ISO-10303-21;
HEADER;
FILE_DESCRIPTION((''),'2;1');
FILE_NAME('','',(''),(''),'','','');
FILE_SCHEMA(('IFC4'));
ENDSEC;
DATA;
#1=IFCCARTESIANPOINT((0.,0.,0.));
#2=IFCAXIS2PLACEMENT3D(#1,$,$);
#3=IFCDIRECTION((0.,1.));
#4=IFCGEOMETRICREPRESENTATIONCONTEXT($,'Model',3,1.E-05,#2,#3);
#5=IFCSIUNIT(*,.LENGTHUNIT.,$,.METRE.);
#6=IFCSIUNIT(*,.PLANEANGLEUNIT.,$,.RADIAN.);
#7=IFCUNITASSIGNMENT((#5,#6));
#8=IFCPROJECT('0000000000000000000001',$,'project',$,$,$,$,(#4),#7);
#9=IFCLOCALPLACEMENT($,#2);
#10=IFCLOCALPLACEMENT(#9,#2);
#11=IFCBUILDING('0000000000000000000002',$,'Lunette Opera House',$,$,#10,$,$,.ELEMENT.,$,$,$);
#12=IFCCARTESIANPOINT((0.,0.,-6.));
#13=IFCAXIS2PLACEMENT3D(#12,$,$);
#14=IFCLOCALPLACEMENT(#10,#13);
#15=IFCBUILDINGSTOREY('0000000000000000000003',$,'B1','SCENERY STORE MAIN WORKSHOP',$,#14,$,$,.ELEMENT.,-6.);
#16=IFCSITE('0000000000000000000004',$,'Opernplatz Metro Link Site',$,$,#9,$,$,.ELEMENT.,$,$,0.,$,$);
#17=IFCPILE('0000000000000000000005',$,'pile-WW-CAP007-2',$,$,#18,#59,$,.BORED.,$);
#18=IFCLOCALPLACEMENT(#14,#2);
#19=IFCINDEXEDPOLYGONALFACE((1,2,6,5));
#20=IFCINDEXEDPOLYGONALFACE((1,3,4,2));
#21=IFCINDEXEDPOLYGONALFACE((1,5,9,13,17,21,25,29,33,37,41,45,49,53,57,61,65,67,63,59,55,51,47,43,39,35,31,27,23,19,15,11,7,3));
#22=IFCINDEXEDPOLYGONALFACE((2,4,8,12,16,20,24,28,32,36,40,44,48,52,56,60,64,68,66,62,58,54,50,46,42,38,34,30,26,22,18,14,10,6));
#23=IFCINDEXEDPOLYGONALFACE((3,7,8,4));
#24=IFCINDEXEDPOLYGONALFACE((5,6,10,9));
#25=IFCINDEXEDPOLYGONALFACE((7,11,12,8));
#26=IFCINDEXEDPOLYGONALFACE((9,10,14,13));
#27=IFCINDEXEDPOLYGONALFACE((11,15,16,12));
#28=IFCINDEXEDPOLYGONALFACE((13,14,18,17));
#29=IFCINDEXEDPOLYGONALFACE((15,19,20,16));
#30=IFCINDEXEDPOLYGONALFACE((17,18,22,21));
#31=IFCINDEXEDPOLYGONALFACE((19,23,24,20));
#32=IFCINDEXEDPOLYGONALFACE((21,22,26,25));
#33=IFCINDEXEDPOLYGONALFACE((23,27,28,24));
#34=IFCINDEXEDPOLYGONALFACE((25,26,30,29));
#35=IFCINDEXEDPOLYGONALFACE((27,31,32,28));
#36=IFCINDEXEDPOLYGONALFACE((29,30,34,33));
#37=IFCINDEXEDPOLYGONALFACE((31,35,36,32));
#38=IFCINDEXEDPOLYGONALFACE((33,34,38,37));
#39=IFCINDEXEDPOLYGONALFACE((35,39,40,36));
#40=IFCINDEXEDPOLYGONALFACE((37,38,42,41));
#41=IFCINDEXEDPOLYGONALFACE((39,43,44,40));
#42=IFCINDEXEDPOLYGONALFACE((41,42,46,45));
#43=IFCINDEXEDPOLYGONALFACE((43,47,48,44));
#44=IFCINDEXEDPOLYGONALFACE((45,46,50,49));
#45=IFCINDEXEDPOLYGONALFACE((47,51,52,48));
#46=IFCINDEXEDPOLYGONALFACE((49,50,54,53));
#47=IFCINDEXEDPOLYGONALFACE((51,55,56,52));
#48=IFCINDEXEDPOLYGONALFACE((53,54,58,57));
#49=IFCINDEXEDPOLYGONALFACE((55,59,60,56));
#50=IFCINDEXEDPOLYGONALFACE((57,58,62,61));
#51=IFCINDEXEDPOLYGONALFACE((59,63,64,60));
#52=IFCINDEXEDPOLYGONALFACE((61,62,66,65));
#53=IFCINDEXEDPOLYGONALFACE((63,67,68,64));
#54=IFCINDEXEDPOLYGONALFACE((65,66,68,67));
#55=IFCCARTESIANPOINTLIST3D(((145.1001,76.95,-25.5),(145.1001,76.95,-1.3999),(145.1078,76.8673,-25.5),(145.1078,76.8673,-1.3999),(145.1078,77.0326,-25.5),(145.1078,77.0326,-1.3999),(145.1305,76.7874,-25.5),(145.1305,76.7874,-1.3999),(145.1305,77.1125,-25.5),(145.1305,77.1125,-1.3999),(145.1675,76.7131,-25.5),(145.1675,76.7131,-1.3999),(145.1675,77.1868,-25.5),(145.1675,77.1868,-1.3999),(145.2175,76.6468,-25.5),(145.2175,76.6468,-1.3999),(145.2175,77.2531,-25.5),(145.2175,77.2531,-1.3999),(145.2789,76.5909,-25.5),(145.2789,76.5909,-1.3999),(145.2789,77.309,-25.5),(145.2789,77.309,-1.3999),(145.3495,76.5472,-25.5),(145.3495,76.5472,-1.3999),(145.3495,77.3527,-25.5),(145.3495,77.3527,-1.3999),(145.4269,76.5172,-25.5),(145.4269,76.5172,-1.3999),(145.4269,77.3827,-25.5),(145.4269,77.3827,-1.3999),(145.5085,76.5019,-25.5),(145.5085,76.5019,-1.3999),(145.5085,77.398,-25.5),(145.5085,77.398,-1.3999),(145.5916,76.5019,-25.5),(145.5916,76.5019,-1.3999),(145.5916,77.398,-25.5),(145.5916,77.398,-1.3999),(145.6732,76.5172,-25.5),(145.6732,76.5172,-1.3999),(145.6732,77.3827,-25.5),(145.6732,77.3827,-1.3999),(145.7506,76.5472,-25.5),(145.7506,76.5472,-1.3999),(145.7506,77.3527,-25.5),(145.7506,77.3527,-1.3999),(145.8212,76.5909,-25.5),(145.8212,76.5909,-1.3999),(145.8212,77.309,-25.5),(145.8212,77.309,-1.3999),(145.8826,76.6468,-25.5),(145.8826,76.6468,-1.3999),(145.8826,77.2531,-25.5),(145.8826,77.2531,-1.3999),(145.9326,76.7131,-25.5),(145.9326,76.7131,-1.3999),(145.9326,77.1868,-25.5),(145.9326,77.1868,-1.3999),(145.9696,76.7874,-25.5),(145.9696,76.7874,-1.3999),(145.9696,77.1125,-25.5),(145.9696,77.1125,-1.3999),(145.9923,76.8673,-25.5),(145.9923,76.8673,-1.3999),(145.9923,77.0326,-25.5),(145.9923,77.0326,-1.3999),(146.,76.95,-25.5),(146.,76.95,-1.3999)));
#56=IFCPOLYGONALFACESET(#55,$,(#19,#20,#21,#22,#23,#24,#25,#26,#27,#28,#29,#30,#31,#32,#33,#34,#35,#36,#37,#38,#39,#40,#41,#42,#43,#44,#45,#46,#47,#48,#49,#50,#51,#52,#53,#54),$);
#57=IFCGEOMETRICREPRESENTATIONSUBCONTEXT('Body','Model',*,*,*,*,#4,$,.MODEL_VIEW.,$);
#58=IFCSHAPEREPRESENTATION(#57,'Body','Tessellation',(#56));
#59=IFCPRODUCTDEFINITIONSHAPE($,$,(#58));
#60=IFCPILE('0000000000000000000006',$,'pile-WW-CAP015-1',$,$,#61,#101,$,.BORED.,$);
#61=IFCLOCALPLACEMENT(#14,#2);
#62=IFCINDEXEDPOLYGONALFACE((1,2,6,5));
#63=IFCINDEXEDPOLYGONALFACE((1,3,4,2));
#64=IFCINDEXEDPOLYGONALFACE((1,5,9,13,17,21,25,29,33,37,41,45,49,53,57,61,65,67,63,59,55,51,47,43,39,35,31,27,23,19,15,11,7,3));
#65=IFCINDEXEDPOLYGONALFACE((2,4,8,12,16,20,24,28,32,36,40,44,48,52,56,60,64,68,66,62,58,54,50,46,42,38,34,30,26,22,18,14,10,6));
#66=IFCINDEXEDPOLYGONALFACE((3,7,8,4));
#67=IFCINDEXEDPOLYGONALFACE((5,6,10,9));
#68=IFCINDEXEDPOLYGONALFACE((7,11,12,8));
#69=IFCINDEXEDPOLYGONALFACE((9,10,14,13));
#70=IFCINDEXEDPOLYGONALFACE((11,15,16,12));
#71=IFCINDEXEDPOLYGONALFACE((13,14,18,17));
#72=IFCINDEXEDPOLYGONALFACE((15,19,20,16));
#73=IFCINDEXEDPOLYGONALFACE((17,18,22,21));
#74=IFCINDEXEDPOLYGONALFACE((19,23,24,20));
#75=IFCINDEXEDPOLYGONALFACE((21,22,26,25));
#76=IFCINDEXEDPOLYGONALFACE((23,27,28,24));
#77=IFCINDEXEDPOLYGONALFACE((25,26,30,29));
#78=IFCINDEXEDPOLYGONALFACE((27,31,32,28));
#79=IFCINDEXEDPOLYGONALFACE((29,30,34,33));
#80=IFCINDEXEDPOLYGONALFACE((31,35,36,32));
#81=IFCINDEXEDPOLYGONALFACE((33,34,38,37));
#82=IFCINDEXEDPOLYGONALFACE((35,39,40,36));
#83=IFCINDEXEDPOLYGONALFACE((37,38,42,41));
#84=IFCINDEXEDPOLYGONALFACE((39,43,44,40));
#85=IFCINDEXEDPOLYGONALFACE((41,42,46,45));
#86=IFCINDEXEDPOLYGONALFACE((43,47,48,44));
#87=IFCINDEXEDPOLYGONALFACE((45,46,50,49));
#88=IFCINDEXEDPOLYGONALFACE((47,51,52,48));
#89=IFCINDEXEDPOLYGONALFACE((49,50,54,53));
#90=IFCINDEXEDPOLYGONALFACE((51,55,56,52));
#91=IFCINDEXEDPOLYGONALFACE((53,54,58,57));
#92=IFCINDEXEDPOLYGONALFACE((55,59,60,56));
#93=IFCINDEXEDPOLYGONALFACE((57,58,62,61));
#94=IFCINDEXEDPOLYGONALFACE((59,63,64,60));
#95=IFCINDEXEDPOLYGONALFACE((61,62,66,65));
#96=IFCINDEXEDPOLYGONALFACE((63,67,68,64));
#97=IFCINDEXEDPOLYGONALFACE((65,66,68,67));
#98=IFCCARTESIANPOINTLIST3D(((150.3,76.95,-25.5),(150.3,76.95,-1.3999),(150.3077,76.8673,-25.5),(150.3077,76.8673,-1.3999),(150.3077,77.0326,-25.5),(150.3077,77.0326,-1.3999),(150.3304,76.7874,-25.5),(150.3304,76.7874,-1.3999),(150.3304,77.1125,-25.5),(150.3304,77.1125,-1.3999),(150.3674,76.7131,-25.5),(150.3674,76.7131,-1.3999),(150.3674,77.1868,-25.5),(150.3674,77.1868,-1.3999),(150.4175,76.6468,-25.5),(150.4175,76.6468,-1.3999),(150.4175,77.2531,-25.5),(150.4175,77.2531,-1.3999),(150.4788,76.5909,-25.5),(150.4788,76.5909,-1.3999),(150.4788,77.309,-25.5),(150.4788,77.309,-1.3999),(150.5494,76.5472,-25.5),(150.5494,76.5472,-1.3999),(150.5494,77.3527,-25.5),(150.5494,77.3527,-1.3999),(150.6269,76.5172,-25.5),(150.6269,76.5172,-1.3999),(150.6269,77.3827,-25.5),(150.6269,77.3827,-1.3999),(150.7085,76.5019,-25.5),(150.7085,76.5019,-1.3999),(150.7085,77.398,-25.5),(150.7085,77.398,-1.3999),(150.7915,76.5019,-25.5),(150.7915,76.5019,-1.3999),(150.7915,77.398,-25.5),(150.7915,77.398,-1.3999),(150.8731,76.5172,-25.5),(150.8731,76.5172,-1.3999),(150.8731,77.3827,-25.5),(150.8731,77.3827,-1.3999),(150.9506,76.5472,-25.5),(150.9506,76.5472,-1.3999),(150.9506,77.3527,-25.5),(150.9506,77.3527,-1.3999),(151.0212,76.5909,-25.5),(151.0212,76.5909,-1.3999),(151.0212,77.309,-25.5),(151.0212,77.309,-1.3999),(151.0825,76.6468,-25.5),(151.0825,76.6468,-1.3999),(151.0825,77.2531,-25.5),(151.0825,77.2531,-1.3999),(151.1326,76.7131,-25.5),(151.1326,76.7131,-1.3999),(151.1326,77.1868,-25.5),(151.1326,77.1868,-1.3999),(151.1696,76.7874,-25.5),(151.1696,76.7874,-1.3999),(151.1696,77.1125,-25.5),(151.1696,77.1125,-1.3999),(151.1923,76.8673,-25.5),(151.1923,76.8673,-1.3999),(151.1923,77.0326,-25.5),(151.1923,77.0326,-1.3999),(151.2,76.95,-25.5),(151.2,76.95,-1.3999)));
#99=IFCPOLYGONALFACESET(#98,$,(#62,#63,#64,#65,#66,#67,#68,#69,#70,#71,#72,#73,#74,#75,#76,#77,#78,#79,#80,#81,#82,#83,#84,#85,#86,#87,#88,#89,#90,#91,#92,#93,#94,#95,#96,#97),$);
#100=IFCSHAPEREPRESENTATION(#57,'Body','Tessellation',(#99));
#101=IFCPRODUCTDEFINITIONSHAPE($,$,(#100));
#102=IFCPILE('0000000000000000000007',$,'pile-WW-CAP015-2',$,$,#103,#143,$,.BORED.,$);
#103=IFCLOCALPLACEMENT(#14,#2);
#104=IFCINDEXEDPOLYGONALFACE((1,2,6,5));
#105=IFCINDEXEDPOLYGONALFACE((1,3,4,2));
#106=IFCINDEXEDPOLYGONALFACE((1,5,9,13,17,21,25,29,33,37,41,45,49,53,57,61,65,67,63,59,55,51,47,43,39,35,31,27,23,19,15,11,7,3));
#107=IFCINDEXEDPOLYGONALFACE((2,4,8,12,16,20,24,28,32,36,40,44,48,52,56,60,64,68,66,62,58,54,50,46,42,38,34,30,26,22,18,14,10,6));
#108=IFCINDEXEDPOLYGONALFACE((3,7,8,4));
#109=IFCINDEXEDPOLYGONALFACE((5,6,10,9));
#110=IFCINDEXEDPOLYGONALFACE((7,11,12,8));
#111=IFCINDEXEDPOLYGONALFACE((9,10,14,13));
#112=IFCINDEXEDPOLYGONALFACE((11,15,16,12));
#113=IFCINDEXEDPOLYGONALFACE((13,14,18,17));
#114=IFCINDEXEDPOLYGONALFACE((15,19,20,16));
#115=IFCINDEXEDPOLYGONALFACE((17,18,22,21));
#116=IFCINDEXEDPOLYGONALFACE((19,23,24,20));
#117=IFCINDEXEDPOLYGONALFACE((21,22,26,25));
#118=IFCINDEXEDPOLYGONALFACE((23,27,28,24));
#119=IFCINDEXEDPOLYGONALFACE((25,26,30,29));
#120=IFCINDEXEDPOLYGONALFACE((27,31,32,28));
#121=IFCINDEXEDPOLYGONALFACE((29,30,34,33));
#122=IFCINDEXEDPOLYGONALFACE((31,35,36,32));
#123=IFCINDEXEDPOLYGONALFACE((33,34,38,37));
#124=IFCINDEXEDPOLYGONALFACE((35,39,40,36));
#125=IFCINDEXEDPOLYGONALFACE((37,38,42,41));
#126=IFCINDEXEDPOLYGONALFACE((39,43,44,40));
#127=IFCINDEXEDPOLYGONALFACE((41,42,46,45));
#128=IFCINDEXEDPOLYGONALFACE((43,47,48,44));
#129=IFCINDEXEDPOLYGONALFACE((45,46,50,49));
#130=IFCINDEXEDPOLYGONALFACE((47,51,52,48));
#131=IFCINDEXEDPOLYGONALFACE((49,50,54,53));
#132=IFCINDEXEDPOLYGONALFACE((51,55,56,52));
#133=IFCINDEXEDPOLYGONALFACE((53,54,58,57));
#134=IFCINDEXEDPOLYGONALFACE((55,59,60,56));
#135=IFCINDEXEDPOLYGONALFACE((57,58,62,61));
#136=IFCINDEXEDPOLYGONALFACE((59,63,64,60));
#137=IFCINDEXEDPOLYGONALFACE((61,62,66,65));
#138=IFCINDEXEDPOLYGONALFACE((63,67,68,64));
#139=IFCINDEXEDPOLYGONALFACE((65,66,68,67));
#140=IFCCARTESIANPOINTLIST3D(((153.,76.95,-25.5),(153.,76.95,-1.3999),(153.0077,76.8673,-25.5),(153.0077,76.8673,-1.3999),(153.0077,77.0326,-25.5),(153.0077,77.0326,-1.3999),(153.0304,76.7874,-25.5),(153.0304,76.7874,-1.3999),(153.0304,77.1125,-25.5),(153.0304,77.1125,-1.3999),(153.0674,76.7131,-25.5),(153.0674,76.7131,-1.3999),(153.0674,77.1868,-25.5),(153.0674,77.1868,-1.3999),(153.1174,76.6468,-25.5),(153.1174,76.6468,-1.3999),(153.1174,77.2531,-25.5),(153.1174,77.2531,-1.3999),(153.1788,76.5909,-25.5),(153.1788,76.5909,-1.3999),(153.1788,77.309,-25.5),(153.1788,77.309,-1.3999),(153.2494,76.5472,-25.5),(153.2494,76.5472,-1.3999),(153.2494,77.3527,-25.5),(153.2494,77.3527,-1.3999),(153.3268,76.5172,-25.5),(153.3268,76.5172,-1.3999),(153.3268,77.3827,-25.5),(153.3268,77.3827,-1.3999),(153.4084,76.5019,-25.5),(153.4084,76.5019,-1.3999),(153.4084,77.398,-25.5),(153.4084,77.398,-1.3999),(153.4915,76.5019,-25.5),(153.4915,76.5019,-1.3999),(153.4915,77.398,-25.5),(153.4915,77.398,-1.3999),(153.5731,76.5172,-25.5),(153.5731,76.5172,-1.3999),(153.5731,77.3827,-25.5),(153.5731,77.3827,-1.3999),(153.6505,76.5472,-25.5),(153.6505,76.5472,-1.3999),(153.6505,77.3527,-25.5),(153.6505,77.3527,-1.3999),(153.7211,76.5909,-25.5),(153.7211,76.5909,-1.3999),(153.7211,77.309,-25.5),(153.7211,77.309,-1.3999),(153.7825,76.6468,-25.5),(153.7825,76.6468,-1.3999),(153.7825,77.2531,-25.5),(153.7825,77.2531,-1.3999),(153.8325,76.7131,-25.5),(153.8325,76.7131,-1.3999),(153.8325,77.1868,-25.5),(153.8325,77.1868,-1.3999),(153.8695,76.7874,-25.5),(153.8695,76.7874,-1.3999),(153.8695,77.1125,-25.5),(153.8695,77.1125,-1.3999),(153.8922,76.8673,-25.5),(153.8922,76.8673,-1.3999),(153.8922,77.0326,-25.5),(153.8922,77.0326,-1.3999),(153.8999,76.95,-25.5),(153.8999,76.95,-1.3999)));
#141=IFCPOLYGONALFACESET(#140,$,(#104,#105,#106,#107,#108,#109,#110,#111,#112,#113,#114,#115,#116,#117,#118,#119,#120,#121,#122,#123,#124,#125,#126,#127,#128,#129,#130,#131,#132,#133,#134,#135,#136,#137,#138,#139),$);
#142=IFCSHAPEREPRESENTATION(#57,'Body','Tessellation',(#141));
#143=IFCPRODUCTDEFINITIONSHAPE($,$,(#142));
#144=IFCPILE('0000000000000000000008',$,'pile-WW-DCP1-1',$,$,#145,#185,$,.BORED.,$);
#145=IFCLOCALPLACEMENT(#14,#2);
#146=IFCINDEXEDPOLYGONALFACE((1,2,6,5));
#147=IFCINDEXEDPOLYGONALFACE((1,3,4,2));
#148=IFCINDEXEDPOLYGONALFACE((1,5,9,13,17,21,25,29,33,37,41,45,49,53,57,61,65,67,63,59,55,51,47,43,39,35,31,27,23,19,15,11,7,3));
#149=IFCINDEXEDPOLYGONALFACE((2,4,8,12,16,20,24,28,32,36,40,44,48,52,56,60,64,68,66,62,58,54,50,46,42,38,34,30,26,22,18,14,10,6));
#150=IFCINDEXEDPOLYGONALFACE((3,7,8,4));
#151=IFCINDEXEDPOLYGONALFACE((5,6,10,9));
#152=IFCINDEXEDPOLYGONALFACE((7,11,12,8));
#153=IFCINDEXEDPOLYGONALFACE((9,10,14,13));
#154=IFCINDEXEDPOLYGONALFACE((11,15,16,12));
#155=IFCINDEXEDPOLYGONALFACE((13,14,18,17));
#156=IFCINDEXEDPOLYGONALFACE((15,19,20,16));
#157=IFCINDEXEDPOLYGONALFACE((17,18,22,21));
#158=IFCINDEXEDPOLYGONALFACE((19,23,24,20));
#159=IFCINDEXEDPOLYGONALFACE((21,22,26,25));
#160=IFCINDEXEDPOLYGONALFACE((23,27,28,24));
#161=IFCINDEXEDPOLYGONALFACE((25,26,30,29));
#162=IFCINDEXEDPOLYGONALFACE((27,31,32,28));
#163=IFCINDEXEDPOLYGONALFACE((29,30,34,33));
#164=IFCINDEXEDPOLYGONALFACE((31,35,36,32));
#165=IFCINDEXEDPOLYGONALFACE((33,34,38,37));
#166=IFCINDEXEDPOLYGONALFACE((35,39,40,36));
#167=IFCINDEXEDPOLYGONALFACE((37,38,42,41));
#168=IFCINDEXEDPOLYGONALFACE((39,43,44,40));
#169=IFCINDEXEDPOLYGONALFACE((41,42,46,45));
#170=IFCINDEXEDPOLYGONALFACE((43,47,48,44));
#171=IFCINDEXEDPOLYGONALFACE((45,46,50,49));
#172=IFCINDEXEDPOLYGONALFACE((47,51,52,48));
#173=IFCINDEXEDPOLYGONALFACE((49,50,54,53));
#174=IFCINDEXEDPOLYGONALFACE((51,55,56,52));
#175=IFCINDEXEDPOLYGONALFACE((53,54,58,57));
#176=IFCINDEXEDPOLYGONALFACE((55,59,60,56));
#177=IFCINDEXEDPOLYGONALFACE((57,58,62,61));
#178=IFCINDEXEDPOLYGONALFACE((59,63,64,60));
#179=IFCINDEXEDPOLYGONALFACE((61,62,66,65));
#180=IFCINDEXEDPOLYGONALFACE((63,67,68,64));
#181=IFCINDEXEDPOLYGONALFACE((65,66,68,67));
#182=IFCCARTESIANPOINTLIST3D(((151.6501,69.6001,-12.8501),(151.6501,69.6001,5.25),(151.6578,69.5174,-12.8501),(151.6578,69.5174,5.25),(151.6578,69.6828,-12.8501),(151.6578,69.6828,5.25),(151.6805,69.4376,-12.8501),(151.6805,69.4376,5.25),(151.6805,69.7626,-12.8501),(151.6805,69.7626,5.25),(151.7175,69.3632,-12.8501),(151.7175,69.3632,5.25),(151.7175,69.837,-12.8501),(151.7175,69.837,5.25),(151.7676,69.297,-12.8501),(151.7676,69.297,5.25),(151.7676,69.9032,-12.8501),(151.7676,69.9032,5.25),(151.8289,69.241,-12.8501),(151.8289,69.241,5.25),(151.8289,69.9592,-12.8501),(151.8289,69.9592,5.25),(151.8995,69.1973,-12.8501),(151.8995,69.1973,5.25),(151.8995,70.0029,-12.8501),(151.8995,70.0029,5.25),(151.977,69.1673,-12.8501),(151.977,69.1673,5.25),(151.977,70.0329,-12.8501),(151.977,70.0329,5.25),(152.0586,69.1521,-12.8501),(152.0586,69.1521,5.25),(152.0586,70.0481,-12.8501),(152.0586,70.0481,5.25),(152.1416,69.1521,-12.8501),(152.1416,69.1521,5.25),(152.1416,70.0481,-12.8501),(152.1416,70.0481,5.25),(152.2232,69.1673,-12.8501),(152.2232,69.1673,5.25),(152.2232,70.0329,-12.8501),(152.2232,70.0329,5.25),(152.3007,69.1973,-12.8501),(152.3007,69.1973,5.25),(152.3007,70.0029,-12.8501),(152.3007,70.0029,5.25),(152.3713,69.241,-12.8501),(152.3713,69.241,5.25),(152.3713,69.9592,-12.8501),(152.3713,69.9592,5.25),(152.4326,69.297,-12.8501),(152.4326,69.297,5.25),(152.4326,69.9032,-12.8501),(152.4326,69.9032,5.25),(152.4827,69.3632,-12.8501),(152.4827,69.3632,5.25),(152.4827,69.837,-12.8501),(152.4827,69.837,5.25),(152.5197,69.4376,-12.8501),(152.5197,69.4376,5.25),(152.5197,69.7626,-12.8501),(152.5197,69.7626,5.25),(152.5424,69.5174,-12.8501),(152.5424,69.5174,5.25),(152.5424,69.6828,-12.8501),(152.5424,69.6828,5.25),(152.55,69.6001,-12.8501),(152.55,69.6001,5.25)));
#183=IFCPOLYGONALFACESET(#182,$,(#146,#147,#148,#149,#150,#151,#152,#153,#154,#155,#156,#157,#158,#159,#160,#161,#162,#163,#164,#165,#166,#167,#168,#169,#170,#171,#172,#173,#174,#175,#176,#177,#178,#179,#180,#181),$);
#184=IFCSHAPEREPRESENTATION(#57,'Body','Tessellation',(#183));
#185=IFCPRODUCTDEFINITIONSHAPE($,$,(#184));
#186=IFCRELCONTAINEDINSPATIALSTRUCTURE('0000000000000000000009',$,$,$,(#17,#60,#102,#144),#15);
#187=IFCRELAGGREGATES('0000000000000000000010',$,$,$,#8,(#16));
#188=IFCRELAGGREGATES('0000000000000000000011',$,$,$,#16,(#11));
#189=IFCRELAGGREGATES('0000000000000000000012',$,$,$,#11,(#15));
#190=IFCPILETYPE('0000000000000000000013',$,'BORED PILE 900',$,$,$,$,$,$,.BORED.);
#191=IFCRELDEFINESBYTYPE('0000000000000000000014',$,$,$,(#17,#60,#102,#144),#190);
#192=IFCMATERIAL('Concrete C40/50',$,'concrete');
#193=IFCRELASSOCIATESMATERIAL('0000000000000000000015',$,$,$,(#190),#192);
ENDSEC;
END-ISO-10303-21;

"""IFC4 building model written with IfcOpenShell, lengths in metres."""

from ifc_helpers import new_model, si_unit, direction, frame, origin, origin_2d, place, context, subcontext, project, spatial, circle, extrude, material, material_profile, profile_set, type_object, element, save


model = new_model("IFC4")

# Units and contexts
model_context = context("Model", 3, precision=1e-05, world=origin(), true_north=direction((0.0, 1.0)))
body_context = subcontext(model_context, "Body", "Model", "MODEL_VIEW")
ifc_project = project(units=[si_unit("LENGTHUNIT", "METRE"), si_unit("PLANEANGLEUNIT", "RADIAN")], contexts=[model_context])

# Site, building, storey
site_placement = place(None, origin())
site = spatial("IfcSite", under=ifc_project, at=site_placement, Name="Opernplatz Metro Link Site", CompositionType="ELEMENT", RefElevation=0.0)
building_placement = place(site_placement, origin())
building = spatial("IfcBuilding", under=site, at=building_placement, Name="Lunette Opera House", CompositionType="ELEMENT")
storey_placement = place(building_placement, frame((0.0, 0.0, -6.0)))
storey = spatial("IfcBuildingStorey", under=building, at=storey_placement, Name="B1", Description="SCENERY STORE MAIN WORKSHOP", CompositionType="ELEMENT", Elevation=-6.0)

# Piles
ifc_material_1 = material(Name="Concrete C40/50", Category="concrete")
ifc_material_profile_1 = material_profile(ifc_material_1, circle(Radius=0.45, at=origin_2d()), Name="BORED PILE 900")
ifc_profile_set_1 = profile_set([ifc_material_profile_1], Name="Concrete C40/50")
pile_type = type_object("IfcPileType", Name="BORED PILE 900", PredefinedType="BORED", material=ifc_profile_set_1)
for number, where, z_axis, x_axis, name in (
    (1, (145.55, 76.95, -1.3999), (0.0, 0.0, -1.0), (1.0, 0.0, 0.0), "pile-WW-CAP007-2"),
    (2, (150.75, 76.95, -1.3999), (0.0, 0.0, -1.0), (1.0, 0.0, 0.0), "pile-WW-CAP015-1"),
    (3, (153.45, 76.95, -1.3999), (0.0, 0.0, -1.0), (1.0, 0.0, 0.0), "pile-WW-CAP015-2"),
):
    element("IfcPile", number, at=place(storey_placement, frame(where, z_axis=z_axis, x_axis=x_axis)), inside=storey, type_object=pile_type, Name=name, PredefinedType="BORED", context=body_context, shape_type="SweptSolid", body=[
        extrude(circle(Radius=0.45, at=origin_2d()), origin(), (0.0, 0.0, 1.0), 24.1001),
    ])
pile_placement = place(storey_placement, frame((152.1001, 69.6001, 5.25), z_axis=(0.0, 0.0, -1.0), x_axis=(1.0, 0.0, 0.0)))
element("IfcPile", 4, at=pile_placement, inside=storey, type_object=pile_type, Name="pile-WW-DCP1-1", PredefinedType="BORED", context=body_context, shape_type="SweptSolid", body=[
    extrude(circle(Radius=0.45, at=origin_2d()), origin(), (0.0, 0.0, 1.0), 18.1001),
])

save(model, "model.ifc")
